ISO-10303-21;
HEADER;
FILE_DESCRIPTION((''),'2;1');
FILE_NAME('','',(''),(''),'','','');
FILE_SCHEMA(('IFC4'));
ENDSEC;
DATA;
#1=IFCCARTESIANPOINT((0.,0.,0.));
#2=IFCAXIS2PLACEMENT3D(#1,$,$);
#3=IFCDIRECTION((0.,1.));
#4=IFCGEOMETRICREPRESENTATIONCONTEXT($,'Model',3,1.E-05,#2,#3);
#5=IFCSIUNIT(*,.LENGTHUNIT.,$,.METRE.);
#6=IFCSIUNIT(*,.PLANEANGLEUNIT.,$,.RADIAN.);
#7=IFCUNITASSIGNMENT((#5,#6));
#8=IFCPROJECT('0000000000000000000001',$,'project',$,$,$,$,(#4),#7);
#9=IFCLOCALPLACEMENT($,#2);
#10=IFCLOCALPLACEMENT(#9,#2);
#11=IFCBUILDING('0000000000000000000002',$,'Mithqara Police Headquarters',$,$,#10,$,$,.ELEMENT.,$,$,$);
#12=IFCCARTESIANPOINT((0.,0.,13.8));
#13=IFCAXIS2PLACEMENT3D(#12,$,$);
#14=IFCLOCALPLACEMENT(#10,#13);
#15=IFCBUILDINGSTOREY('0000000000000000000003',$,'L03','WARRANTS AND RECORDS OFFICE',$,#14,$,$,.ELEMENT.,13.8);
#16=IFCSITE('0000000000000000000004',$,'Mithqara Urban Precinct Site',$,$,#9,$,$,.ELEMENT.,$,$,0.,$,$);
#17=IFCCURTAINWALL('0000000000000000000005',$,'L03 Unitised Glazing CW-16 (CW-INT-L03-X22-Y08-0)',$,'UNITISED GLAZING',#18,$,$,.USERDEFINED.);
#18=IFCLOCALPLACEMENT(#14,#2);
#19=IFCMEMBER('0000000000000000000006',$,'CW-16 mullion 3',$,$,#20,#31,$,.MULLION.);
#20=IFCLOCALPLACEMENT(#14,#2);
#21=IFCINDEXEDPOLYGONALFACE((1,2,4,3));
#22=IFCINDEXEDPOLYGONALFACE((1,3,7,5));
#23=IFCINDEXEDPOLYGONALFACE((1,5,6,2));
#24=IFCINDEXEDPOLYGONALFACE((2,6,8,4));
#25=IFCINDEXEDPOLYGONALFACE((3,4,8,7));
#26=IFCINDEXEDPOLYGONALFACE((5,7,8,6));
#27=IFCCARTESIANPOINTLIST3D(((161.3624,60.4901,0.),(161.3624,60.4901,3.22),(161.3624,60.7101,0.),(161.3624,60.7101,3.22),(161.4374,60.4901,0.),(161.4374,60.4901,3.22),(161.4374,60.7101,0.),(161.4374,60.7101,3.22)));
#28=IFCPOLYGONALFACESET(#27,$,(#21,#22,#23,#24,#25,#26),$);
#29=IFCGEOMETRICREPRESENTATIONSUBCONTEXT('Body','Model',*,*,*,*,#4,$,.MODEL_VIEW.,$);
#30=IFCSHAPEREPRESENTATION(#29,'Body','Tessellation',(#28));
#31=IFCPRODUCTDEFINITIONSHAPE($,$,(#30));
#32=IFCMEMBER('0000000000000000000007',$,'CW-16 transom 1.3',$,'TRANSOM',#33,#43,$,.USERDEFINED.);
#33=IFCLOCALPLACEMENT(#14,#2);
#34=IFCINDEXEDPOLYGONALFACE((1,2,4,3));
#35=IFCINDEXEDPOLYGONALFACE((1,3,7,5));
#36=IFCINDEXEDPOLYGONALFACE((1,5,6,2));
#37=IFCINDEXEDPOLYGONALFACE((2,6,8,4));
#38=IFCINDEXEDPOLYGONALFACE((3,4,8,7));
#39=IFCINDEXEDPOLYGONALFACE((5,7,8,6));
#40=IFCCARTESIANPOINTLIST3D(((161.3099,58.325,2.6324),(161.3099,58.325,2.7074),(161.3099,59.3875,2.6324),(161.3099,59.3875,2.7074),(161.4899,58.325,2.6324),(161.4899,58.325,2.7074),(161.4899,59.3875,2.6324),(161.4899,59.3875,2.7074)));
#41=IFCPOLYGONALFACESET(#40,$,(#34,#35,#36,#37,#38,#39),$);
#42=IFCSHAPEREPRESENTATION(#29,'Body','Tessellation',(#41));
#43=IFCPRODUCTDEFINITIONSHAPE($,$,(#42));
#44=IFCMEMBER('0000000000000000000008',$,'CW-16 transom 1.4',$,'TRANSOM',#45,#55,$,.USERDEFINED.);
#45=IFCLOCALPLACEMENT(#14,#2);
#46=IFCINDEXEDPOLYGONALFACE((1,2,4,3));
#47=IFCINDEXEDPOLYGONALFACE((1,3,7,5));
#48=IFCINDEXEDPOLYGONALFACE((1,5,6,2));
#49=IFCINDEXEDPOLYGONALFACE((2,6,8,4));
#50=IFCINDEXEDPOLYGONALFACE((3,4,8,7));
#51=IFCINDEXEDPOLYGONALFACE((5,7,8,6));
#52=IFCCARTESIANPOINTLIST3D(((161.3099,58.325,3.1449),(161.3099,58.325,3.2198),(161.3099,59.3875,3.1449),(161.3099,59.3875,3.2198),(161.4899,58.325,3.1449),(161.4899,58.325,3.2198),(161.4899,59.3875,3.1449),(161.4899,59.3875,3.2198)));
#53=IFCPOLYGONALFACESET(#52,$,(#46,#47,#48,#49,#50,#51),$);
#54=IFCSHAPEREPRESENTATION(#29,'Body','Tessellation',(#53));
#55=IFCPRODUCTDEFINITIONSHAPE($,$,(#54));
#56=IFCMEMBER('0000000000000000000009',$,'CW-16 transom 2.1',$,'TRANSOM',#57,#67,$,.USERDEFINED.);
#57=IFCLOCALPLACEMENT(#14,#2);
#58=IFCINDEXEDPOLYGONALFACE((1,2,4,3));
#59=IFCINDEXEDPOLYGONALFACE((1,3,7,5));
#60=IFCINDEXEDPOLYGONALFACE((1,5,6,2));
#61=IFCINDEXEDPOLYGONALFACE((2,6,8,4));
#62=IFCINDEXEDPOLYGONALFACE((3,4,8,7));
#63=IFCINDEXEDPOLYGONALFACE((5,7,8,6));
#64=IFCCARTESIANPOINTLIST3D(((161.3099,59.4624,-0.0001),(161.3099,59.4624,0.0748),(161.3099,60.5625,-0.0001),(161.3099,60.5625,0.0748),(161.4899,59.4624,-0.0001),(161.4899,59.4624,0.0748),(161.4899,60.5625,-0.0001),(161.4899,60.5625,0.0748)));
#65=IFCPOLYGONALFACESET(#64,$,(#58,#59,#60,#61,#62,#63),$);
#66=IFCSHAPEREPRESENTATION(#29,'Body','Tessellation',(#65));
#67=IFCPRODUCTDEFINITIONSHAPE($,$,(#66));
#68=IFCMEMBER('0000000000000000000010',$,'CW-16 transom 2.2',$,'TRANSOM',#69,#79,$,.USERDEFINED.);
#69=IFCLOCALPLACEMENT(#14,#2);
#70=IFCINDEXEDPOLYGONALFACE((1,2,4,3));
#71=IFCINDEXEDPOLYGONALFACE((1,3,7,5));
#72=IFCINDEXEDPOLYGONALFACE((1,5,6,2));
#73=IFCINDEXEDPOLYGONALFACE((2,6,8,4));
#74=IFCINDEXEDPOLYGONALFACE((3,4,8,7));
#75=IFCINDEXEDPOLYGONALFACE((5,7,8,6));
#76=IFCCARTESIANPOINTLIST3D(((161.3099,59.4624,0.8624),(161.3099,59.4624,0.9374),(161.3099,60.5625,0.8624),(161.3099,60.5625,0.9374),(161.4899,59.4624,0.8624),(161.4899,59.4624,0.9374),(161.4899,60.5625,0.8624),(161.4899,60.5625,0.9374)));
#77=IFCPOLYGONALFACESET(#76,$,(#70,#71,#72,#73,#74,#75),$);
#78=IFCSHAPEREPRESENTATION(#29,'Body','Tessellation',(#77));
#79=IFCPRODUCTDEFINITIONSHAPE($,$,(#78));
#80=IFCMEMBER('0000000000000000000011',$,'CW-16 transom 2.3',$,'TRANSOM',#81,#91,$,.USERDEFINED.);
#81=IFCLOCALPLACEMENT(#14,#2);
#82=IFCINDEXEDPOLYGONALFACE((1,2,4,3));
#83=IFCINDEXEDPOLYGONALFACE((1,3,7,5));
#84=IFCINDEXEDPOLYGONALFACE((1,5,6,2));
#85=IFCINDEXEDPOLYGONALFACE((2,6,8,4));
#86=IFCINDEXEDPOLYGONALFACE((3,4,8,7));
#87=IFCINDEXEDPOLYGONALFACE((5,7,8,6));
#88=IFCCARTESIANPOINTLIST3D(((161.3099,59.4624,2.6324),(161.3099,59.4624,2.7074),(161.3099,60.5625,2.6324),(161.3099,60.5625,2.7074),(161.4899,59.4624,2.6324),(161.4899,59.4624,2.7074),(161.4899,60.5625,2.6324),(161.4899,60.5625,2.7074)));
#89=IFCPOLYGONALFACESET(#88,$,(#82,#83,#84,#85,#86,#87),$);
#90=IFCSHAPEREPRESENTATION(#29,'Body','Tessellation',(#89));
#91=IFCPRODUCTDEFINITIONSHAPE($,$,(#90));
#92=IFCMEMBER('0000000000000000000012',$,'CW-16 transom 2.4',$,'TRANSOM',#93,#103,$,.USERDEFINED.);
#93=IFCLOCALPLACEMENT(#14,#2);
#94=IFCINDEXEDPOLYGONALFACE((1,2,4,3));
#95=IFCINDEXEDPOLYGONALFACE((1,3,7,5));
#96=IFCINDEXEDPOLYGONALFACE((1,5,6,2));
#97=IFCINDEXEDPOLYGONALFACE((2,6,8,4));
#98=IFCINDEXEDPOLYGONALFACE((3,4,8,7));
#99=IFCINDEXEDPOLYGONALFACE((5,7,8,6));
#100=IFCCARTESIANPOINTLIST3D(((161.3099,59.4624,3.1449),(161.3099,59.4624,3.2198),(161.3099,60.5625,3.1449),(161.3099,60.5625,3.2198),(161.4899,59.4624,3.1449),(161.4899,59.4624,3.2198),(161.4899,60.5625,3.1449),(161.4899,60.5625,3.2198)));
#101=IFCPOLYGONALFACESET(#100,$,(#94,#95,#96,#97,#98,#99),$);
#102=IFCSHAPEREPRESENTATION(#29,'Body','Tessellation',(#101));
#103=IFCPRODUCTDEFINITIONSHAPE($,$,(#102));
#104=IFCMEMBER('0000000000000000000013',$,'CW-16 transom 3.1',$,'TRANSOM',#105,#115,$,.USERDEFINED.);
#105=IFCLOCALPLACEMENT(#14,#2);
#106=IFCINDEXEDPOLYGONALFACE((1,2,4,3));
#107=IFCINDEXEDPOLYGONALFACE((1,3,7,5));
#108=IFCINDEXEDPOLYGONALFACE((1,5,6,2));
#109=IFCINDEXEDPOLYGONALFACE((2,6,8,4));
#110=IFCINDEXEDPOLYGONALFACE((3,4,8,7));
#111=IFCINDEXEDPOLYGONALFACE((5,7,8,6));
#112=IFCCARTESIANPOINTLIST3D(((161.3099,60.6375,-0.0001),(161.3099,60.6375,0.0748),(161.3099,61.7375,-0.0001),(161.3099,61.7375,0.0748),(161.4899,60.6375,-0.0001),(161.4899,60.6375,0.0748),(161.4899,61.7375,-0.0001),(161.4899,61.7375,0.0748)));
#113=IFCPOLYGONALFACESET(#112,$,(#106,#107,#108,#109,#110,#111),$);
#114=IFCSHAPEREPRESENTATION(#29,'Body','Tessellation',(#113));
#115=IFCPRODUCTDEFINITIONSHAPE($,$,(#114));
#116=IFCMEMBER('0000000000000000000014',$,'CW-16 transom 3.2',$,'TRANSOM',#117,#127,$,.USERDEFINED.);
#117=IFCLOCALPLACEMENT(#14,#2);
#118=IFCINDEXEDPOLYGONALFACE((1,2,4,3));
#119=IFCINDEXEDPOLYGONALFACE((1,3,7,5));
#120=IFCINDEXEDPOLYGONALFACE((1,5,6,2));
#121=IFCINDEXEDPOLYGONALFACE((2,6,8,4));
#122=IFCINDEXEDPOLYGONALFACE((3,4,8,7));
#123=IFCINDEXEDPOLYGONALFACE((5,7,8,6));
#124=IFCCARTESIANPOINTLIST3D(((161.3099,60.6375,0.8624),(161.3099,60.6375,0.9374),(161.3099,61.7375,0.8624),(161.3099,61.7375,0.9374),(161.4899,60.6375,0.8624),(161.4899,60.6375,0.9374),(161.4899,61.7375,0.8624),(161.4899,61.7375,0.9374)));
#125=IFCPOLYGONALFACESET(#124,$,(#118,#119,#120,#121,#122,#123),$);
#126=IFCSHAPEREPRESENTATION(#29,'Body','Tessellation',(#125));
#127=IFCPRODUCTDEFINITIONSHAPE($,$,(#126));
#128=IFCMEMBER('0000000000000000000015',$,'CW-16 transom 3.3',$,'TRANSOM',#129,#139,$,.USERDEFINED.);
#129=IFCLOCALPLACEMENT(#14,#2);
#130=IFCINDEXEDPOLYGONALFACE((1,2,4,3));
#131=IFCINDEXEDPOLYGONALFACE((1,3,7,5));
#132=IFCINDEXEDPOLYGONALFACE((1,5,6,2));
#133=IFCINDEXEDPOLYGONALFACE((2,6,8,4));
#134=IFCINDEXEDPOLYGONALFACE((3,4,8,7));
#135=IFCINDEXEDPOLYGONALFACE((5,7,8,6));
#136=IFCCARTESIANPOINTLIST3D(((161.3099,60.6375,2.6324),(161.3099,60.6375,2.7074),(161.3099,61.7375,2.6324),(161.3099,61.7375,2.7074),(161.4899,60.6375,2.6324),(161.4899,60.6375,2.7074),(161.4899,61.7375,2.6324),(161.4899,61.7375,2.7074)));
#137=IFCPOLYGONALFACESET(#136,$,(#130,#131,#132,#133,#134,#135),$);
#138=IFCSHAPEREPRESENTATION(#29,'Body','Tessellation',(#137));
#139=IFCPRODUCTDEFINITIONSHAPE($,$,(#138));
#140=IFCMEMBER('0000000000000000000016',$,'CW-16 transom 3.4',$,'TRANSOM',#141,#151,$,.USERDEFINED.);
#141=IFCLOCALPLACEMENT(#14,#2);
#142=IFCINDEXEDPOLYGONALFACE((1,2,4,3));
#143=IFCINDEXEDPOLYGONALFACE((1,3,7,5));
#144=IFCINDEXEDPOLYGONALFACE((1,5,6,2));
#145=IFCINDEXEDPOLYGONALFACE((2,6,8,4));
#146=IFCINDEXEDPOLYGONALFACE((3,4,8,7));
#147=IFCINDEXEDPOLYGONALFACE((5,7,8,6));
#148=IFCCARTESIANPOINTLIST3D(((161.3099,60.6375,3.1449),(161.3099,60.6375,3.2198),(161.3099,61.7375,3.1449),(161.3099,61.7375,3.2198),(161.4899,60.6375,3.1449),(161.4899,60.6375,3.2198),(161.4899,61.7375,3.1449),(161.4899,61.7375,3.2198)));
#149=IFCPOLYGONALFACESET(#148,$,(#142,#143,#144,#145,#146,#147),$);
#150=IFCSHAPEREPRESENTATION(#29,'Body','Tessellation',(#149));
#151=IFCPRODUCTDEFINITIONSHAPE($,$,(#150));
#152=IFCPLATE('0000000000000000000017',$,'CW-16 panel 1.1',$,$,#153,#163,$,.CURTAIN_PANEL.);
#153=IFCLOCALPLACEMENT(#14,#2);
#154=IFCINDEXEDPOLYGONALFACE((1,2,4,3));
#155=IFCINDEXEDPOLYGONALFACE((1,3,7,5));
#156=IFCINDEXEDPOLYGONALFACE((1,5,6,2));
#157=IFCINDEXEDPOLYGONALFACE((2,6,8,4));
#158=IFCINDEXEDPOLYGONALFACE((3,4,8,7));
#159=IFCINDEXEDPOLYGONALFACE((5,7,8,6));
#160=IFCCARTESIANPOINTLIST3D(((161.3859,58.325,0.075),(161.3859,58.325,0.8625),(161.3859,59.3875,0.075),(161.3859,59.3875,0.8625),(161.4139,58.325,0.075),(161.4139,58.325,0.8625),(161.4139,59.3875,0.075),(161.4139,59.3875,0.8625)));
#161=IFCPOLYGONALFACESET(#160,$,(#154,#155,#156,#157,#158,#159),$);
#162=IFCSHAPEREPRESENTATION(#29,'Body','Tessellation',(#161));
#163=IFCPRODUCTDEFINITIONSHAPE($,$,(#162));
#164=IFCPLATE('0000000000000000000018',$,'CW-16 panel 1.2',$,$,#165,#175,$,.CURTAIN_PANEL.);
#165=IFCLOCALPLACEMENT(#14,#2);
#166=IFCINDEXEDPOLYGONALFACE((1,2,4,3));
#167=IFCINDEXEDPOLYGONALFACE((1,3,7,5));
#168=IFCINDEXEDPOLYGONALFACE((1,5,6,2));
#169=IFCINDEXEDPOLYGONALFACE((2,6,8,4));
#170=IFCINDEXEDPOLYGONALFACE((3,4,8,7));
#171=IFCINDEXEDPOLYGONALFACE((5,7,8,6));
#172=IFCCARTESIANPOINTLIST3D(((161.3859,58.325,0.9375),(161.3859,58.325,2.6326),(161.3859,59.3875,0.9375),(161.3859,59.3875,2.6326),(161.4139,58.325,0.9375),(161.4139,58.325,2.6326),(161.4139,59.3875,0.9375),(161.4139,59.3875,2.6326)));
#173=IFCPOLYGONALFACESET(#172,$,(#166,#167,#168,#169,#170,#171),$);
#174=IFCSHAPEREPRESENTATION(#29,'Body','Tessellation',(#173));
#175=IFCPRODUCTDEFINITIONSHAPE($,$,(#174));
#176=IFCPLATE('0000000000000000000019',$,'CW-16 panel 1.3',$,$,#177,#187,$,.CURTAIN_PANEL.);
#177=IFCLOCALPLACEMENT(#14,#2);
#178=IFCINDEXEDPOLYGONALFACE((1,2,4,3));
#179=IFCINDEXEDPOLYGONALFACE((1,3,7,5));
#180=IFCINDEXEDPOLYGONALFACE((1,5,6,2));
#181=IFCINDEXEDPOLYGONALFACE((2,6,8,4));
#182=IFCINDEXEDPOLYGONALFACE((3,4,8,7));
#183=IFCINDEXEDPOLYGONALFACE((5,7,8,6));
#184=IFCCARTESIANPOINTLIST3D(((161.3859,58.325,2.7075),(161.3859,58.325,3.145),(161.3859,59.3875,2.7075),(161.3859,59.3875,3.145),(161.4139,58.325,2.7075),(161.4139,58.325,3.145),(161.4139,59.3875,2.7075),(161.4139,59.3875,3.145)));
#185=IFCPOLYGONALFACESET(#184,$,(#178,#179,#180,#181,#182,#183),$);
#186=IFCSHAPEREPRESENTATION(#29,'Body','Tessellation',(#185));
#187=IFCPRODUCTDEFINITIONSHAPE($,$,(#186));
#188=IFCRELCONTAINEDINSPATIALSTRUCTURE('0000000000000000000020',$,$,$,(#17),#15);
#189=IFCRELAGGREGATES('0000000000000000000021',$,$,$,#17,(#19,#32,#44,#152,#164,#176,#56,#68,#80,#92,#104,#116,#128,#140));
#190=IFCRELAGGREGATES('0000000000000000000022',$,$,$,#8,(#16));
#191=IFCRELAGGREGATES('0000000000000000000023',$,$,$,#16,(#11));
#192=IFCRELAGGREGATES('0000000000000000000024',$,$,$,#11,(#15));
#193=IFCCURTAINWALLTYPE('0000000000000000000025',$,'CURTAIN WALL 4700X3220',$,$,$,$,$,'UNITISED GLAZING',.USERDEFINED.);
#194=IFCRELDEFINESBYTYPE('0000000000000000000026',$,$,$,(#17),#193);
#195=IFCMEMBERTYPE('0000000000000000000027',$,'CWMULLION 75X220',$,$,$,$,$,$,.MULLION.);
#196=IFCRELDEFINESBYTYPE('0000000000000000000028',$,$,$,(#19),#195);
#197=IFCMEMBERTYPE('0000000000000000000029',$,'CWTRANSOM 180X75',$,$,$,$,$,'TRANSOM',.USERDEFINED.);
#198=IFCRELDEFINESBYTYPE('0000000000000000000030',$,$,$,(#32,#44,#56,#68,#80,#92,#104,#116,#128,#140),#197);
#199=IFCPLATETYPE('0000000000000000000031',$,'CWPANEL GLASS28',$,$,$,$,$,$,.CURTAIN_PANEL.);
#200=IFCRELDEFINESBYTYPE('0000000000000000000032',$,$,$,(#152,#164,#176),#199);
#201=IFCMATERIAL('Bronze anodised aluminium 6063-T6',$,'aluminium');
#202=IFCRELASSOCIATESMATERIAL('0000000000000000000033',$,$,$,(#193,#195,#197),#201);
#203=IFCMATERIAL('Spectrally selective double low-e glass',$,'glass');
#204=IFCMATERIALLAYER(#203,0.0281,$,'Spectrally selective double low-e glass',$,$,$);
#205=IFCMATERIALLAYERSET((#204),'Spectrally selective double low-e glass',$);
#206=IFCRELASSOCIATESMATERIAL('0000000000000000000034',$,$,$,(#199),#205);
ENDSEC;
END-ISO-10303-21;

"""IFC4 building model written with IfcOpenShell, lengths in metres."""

from ifc_helpers import new_model, si_unit, direction, frame, origin, origin_2d, place, context, subcontext, project, spatial, rectangle, extrude, material, layer, layer_set, material_profile, profile_set, type_object, element, aggregate, save


model = new_model("IFC4")

# Units and contexts
model_context = context("Model", 3, precision=1e-05, world=origin(), true_north=direction((0.0, 1.0)))
body_context = subcontext(model_context, "Body", "Model", "MODEL_VIEW")
ifc_project = project(units=[si_unit("LENGTHUNIT", "METRE"), si_unit("PLANEANGLEUNIT", "RADIAN")], contexts=[model_context])

# Site, building, storey
site_placement = place(None, origin())
site = spatial("IfcSite", under=ifc_project, at=site_placement, Name="Mithqara Urban Precinct Site", CompositionType="ELEMENT", RefElevation=0.0)
building_placement = place(site_placement, origin())
building = spatial("IfcBuilding", under=site, at=building_placement, Name="Mithqara Police Headquarters", CompositionType="ELEMENT")
storey_placement = place(building_placement, frame((0.0, 0.0, 13.8)))
storey = spatial("IfcBuildingStorey", under=building, at=storey_placement, Name="L03", Description="WARRANTS AND RECORDS OFFICE", CompositionType="ELEMENT", Elevation=13.8)

# Curtain wall, members, plates
ifc_material_1 = material(Name="Bronze anodised aluminium 6063-T6", Category="aluminium")
curtain_wall_type = type_object("IfcCurtainWallType", Name="CURTAIN WALL 4700X3220", ElementType="UNITISED GLAZING", PredefinedType="USERDEFINED", material=ifc_material_1)
curtain_wall_placement = place(storey_placement, origin())
curtain_wall = element("IfcCurtainWall", 1, at=curtain_wall_placement, inside=storey, type_object=curtain_wall_type, Name="L03 Unitised Glazing CW-16 (CW-INT-L03-X22-Y08-0)", ObjectType="UNITISED GLAZING", PredefinedType="USERDEFINED")
ifc_material_profile_1 = material_profile(ifc_material_1, rectangle(XDim=0.075, YDim=0.22, at=origin_2d()), Name="CWM 75x220")
ifc_profile_set_1 = profile_set([ifc_material_profile_1], Name="Bronze anodised aluminium 6063-T6")
member_type_1 = type_object("IfcMemberType", Name="CWMULLION 75X220", PredefinedType="MULLION", material=ifc_profile_set_1)
member_1_placement = place(storey_placement, frame((161.3999, 60.6001, 0.0), z_axis=(0.0, 0.0, 1.0), x_axis=(-1.0, 0.0, 0.0)))
member_1 = element("IfcMember", 2, at=member_1_placement, type_object=member_type_1, Name="CW-16 mullion 3", PredefinedType="MULLION", context=body_context, shape_type="SweptSolid", body=[
    extrude(rectangle(XDim=0.075, YDim=0.22, at=origin_2d()), origin(), (0.0, 0.0, 1.0), 3.22),
])
ifc_material_profile_2 = material_profile(ifc_material_1, rectangle(XDim=0.1799, YDim=0.075, at=origin_2d()), Name="CWT 180x75")
ifc_profile_set_2 = profile_set([ifc_material_profile_2], Name="Bronze anodised aluminium 6063-T6")
member_type_2 = type_object("IfcMemberType", Name="CWTRANSOM 180X75", ElementType="TRANSOM", PredefinedType="USERDEFINED", material=ifc_profile_set_2)
member_2_placement = place(storey_placement, frame((161.3999, 58.325, 2.6699), z_axis=(0.0, 1.0, 0.0), x_axis=(-1.0, 0.0, 0.0)))
member_2 = element("IfcMember", 3, at=member_2_placement, type_object=member_type_2, Name="CW-16 transom 1.3", ObjectType="TRANSOM", PredefinedType="USERDEFINED", context=body_context, shape_type="SweptSolid", body=[
    extrude(rectangle(XDim=0.1799, YDim=0.075, at=origin_2d()), origin(), (0.0, 0.0, 1.0), 1.0625),
])
member_3_placement = place(storey_placement, frame((161.3999, 58.325, 3.1824), z_axis=(0.0, 1.0, 0.0), x_axis=(-1.0, 0.0, 0.0)))
member_3 = element("IfcMember", 4, at=member_3_placement, type_object=member_type_2, Name="CW-16 transom 1.4", ObjectType="TRANSOM", PredefinedType="USERDEFINED", context=body_context, shape_type="SweptSolid", body=[
    extrude(rectangle(XDim=0.1799, YDim=0.075, at=origin_2d()), origin(), (0.0, 0.0, 1.0), 1.0625),
])
member_4_placement = place(storey_placement, frame((161.3999, 59.4624, 0.0374), z_axis=(0.0, 1.0, 0.0), x_axis=(-1.0, 0.0, 0.0)))
member_4 = element("IfcMember", 5, at=member_4_placement, type_object=member_type_2, Name="CW-16 transom 2.1", ObjectType="TRANSOM", PredefinedType="USERDEFINED", context=body_context, shape_type="SweptSolid", body=[
    extrude(rectangle(XDim=0.1799, YDim=0.075, at=origin_2d()), origin(), (0.0, 0.0, 1.0), 1.1001),
])
member_5_placement = place(storey_placement, frame((161.3999, 59.4624, 0.8999), z_axis=(0.0, 1.0, 0.0), x_axis=(-1.0, 0.0, 0.0)))
member_5 = element("IfcMember", 6, at=member_5_placement, type_object=member_type_2, Name="CW-16 transom 2.2", ObjectType="TRANSOM", PredefinedType="USERDEFINED", context=body_context, shape_type="SweptSolid", body=[
    extrude(rectangle(XDim=0.1799, YDim=0.075, at=origin_2d()), origin(), (0.0, 0.0, 1.0), 1.1001),
])
member_6_placement = place(storey_placement, frame((161.3999, 59.4624, 2.6699), z_axis=(0.0, 1.0, 0.0), x_axis=(-1.0, 0.0, 0.0)))
member_6 = element("IfcMember", 7, at=member_6_placement, type_object=member_type_2, Name="CW-16 transom 2.3", ObjectType="TRANSOM", PredefinedType="USERDEFINED", context=body_context, shape_type="SweptSolid", body=[
    extrude(rectangle(XDim=0.1799, YDim=0.075, at=origin_2d()), origin(), (0.0, 0.0, 1.0), 1.1001),
])
member_7_placement = place(storey_placement, frame((161.3999, 59.4624, 3.1824), z_axis=(0.0, 1.0, 0.0), x_axis=(-1.0, 0.0, 0.0)))
member_7 = element("IfcMember", 8, at=member_7_placement, type_object=member_type_2, Name="CW-16 transom 2.4", ObjectType="TRANSOM", PredefinedType="USERDEFINED", context=body_context, shape_type="SweptSolid", body=[
    extrude(rectangle(XDim=0.1799, YDim=0.075, at=origin_2d()), origin(), (0.0, 0.0, 1.0), 1.1001),
])
member_8_placement = place(storey_placement, frame((161.3999, 60.6375, 0.0374), z_axis=(0.0, 1.0, 0.0), x_axis=(-1.0, 0.0, 0.0)))
member_8 = element("IfcMember", 9, at=member_8_placement, type_object=member_type_2, Name="CW-16 transom 3.1", ObjectType="TRANSOM", PredefinedType="USERDEFINED", context=body_context, shape_type="SweptSolid", body=[
    extrude(rectangle(XDim=0.1799, YDim=0.075, at=origin_2d()), origin(), (0.0, 0.0, 1.0), 1.1001),
])
member_9_placement = place(storey_placement, frame((161.3999, 60.6375, 0.8999), z_axis=(0.0, 1.0, 0.0), x_axis=(-1.0, 0.0, 0.0)))
member_9 = element("IfcMember", 10, at=member_9_placement, type_object=member_type_2, Name="CW-16 transom 3.2", ObjectType="TRANSOM", PredefinedType="USERDEFINED", context=body_context, shape_type="SweptSolid", body=[
    extrude(rectangle(XDim=0.1799, YDim=0.075, at=origin_2d()), origin(), (0.0, 0.0, 1.0), 1.1001),
])
member_10_placement = place(storey_placement, frame((161.3999, 60.6375, 2.6699), z_axis=(0.0, 1.0, 0.0), x_axis=(-1.0, 0.0, 0.0)))
member_10 = element("IfcMember", 11, at=member_10_placement, type_object=member_type_2, Name="CW-16 transom 3.3", ObjectType="TRANSOM", PredefinedType="USERDEFINED", context=body_context, shape_type="SweptSolid", body=[
    extrude(rectangle(XDim=0.1799, YDim=0.075, at=origin_2d()), origin(), (0.0, 0.0, 1.0), 1.1001),
])
member_11_placement = place(storey_placement, frame((161.3999, 60.6375, 3.1824), z_axis=(0.0, 1.0, 0.0), x_axis=(-1.0, 0.0, 0.0)))
member_11 = element("IfcMember", 12, at=member_11_placement, type_object=member_type_2, Name="CW-16 transom 3.4", ObjectType="TRANSOM", PredefinedType="USERDEFINED", context=body_context, shape_type="SweptSolid", body=[
    extrude(rectangle(XDim=0.1799, YDim=0.075, at=origin_2d()), origin(), (0.0, 0.0, 1.0), 1.1001),
])
ifc_material_2 = material(Name="Spectrally selective double low-e glass", Category="glass")
ifc_layer = layer(ifc_material_2, 0.0281, Name="Spectrally selective double low-e glass")
ifc_layer_set = layer_set([ifc_layer], Name="Spectrally selective double low-e glass")
plate_type = type_object("IfcPlateType", Name="CWPANEL GLASS28", PredefinedType="CURTAIN_PANEL", material=ifc_layer_set)
plate_1_placement = place(storey_placement, frame((161.3999, 58.8562, 0.075), z_axis=(0.0, 0.0, 1.0), x_axis=(0.0, 1.0, 0.0)))
plate_1 = element("IfcPlate", 13, at=plate_1_placement, type_object=plate_type, Name="CW-16 panel 1.1", PredefinedType="CURTAIN_PANEL", context=body_context, shape_type="SweptSolid", body=[
    extrude(rectangle(XDim=1.0625, YDim=0.0281, at=origin_2d()), origin(), (0.0, 0.0, 1.0), 0.7876),
])
plate_2_placement = place(storey_placement, frame((161.3999, 58.8562, 0.9375), z_axis=(0.0, 0.0, 1.0), x_axis=(0.0, 1.0, 0.0)))
plate_2 = element("IfcPlate", 14, at=plate_2_placement, type_object=plate_type, Name="CW-16 panel 1.2", PredefinedType="CURTAIN_PANEL", context=body_context, shape_type="SweptSolid", body=[
    extrude(rectangle(XDim=1.0625, YDim=0.0281, at=origin_2d()), origin(), (0.0, 0.0, 1.0), 1.6951),
])
plate_3_placement = place(storey_placement, frame((161.3999, 58.8562, 2.7075), z_axis=(0.0, 0.0, 1.0), x_axis=(0.0, 1.0, 0.0)))
plate_3 = element("IfcPlate", 15, at=plate_3_placement, type_object=plate_type, Name="CW-16 panel 1.3", PredefinedType="CURTAIN_PANEL", context=body_context, shape_type="SweptSolid", body=[
    extrude(rectangle(XDim=1.0625, YDim=0.0281, at=origin_2d()), origin(), (0.0, 0.0, 1.0), 0.4375),
])
aggregate(curtain_wall, [member_1, member_2, member_3, plate_1, plate_2, plate_3, member_4, member_5, member_6, member_7, member_8, member_9, member_10, member_11])

save(model, "model.ifc")
